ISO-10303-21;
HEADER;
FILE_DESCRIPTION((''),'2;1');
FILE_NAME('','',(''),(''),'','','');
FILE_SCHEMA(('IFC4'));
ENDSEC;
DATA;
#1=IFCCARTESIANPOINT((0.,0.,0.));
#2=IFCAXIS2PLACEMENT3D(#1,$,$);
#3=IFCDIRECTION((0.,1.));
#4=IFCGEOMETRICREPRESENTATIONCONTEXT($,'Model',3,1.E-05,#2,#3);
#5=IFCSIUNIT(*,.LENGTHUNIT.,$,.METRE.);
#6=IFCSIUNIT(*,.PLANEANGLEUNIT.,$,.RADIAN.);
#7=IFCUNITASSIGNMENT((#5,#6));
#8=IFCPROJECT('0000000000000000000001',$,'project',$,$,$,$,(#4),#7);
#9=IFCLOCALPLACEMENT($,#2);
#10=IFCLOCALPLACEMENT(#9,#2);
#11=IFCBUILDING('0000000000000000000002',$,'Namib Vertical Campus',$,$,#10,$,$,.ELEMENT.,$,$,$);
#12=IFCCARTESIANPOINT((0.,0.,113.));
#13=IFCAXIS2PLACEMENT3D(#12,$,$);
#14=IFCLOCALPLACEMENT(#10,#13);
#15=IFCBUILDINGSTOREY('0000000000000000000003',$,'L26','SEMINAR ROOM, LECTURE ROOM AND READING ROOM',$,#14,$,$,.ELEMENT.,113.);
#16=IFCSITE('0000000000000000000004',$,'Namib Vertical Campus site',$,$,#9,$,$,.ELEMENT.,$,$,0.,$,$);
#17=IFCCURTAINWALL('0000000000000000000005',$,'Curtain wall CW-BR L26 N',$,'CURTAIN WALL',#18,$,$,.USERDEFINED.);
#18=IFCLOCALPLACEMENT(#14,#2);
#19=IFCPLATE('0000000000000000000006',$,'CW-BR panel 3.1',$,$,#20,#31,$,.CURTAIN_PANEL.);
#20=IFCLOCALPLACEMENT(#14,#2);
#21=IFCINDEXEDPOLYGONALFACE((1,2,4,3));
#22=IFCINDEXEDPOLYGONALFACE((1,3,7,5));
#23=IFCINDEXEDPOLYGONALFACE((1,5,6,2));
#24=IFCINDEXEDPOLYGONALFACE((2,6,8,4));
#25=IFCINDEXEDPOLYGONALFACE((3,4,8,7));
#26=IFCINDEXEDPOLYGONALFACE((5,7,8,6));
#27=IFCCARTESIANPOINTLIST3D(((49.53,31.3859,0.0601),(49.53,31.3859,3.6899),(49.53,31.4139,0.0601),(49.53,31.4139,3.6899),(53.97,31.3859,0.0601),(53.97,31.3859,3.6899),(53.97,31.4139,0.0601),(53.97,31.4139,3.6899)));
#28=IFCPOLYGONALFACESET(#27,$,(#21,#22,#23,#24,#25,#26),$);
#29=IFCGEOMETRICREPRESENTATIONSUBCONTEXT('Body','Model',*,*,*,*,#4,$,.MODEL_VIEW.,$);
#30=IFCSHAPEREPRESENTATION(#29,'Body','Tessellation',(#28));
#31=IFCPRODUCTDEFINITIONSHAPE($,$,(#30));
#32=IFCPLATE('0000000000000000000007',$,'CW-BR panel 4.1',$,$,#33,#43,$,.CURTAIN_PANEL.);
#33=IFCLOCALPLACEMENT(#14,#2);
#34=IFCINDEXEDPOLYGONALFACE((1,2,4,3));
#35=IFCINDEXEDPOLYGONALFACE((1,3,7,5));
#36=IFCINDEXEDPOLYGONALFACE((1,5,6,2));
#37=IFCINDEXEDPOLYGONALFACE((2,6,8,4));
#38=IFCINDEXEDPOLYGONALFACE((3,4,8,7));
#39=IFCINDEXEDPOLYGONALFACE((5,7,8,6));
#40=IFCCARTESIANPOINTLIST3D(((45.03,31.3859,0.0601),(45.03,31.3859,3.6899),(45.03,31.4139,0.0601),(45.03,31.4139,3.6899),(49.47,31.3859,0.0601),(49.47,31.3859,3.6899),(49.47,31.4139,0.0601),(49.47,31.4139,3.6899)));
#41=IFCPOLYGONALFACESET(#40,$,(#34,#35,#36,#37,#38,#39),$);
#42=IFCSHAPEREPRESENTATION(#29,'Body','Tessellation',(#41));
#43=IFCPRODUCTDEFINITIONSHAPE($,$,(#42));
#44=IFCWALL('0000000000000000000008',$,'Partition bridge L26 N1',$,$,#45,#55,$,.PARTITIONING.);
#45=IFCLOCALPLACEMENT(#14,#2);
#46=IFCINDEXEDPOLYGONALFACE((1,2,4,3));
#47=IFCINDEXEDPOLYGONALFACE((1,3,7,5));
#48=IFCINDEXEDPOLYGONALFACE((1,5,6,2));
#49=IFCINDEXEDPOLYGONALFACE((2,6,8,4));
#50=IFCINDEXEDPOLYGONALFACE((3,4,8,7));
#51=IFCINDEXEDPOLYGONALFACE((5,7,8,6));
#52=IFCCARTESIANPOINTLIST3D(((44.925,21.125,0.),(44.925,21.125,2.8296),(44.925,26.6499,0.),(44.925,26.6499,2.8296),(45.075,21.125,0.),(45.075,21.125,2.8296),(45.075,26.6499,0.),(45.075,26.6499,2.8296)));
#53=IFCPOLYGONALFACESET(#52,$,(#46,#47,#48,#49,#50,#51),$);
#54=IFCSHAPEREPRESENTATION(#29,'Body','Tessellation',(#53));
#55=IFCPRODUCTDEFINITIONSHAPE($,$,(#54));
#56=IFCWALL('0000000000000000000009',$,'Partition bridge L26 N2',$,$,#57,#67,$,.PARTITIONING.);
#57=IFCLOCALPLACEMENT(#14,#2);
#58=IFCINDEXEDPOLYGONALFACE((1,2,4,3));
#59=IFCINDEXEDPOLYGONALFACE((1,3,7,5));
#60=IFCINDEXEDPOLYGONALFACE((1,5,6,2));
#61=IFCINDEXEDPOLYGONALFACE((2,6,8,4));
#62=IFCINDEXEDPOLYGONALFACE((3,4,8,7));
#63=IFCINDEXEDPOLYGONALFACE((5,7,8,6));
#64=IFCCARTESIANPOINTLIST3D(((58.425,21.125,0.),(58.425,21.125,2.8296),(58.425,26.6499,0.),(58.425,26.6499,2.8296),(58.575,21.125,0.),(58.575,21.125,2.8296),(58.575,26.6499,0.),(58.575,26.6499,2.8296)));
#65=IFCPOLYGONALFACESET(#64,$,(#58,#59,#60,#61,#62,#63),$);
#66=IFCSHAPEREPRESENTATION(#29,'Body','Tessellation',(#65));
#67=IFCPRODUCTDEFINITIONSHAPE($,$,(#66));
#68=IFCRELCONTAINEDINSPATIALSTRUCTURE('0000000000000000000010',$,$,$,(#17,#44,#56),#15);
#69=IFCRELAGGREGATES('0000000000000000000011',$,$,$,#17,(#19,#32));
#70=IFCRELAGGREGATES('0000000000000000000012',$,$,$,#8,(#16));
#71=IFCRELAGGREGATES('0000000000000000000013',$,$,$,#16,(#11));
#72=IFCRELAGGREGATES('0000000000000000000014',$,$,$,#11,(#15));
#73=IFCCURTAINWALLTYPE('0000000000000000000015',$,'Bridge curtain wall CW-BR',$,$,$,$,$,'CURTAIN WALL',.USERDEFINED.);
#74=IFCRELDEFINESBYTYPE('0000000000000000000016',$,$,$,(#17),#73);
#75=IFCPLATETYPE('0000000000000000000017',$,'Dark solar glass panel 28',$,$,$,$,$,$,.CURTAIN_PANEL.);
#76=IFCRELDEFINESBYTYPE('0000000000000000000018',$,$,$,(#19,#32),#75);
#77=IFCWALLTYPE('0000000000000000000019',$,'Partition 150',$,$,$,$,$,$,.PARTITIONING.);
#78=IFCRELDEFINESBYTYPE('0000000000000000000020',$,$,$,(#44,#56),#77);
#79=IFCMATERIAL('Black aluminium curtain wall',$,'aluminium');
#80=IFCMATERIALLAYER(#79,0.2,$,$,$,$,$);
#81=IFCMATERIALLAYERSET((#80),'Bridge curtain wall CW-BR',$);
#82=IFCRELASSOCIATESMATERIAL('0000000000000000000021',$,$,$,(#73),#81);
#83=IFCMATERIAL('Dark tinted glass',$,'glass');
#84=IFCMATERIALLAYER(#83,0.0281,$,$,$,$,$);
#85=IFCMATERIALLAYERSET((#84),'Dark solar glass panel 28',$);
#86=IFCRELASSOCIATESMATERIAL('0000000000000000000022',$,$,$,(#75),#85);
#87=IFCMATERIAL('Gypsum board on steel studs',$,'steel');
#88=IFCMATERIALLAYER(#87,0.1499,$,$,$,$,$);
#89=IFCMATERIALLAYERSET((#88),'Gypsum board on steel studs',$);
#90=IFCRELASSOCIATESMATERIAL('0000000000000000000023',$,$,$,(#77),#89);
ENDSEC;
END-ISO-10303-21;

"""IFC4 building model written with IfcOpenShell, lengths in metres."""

from ifc_helpers import new_model, si_unit, direction, frame, frame_2d, origin, origin_2d, place, context, subcontext, project, spatial, rectangle, extrude, material, layer, layer_set, type_object, element, aggregate, save


model = new_model("IFC4")

# Units and contexts
model_context = context("Model", 3, precision=1e-05, world=origin(), true_north=direction((0.0, 1.0)))
body_context = subcontext(model_context, "Body", "Model", "MODEL_VIEW")
ifc_project = project(units=[si_unit("LENGTHUNIT", "METRE"), si_unit("PLANEANGLEUNIT", "RADIAN")], contexts=[model_context])

# Site, building, storey
site_placement = place(None, origin())
site = spatial("IfcSite", under=ifc_project, at=site_placement, Name="Namib Vertical Campus site", CompositionType="ELEMENT", RefElevation=0.0)
building_placement = place(site_placement, origin())
building = spatial("IfcBuilding", under=site, at=building_placement, Name="Namib Vertical Campus", CompositionType="ELEMENT")
storey_placement = place(building_placement, frame((0.0, 0.0, 113.0)))
storey = spatial("IfcBuildingStorey", under=building, at=storey_placement, Name="L26", Description="SEMINAR ROOM, LECTURE ROOM AND READING ROOM", CompositionType="ELEMENT", Elevation=113.0)

# Curtain wall, plates
ifc_material_1 = material(Name="Black aluminium curtain wall", Category="aluminium")
ifc_layer_1 = layer(ifc_material_1, 0.2)
ifc_layer_set_1 = layer_set([ifc_layer_1], Name="Bridge curtain wall CW-BR")
curtain_wall_type = type_object("IfcCurtainWallType", Name="Bridge curtain wall CW-BR", ElementType="CURTAIN WALL", PredefinedType="USERDEFINED", material=ifc_layer_set_1)
curtain_wall_placement = place(storey_placement, origin())
curtain_wall = element("IfcCurtainWall", 1, at=curtain_wall_placement, inside=storey, type_object=curtain_wall_type, Name="Curtain wall CW-BR L26 N", ObjectType="CURTAIN WALL", PredefinedType="USERDEFINED")
ifc_material_2 = material(Name="Dark tinted glass", Category="glass")
ifc_layer_2 = layer(ifc_material_2, 0.0281)
ifc_layer_set_2 = layer_set([ifc_layer_2], Name="Dark solar glass panel 28")
plate_type = type_object("IfcPlateType", Name="Dark solar glass panel 28", PredefinedType="CURTAIN_PANEL", material=ifc_layer_set_2)
plate_1_placement = place(storey_placement, frame((51.75, 31.3999, 0.0601), z_axis=(0.0, 0.0, 1.0), x_axis=(-1.0, 0.0, 0.0)))
plate_1 = element("IfcPlate", 2, at=plate_1_placement, type_object=plate_type, Name="CW-BR panel 3.1", PredefinedType="CURTAIN_PANEL", context=body_context, shape_type="SweptSolid", body=[
    extrude(rectangle(XDim=4.4399, YDim=0.0281, at=origin_2d()), origin(), (0.0, 0.0, 1.0), 3.6299),
])
plate_2_placement = place(storey_placement, frame((47.25, 31.3999, 0.0601), z_axis=(0.0, 0.0, 1.0), x_axis=(-1.0, 0.0, 0.0)))
plate_2 = element("IfcPlate", 3, at=plate_2_placement, type_object=plate_type, Name="CW-BR panel 4.1", PredefinedType="CURTAIN_PANEL", context=body_context, shape_type="SweptSolid", body=[
    extrude(rectangle(XDim=4.4399, YDim=0.0281, at=origin_2d()), origin(), (0.0, 0.0, 1.0), 3.6299),
])
aggregate(curtain_wall, [plate_1, plate_2])

# Walls
ifc_material_3 = material(Name="Gypsum board on steel studs", Category="steel")
ifc_layer_3 = layer(ifc_material_3, 0.1499)
ifc_layer_set_3 = layer_set([ifc_layer_3], Name="Gypsum board on steel studs")
wall_type = type_object("IfcWallType", Name="Partition 150", PredefinedType="PARTITIONING", material=ifc_layer_set_3)
for number, where, z_axis, x_axis, name in (
    (4, (45.0, 26.6499, 0.0), (0.0, 0.0, 1.0), (0.0, -1.0, 0.0), "Partition bridge L26 N1"),
    (5, (58.5, 26.6499, 0.0), (0.0, 0.0, 1.0), (0.0, -1.0, 0.0), "Partition bridge L26 N2"),
):
    element("IfcWall", number, at=place(storey_placement, frame(where, z_axis=z_axis, x_axis=x_axis)), inside=storey, type_object=wall_type, Name=name, PredefinedType="PARTITIONING", context=body_context, shape_type="SweptSolid", body=[
        extrude(rectangle(XDim=5.5249, YDim=0.1499, at=frame_2d((2.7625, 0.0))), origin(), (0.0, 0.0, 1.0), 2.8296),
    ])

save(model, "model.ifc")
